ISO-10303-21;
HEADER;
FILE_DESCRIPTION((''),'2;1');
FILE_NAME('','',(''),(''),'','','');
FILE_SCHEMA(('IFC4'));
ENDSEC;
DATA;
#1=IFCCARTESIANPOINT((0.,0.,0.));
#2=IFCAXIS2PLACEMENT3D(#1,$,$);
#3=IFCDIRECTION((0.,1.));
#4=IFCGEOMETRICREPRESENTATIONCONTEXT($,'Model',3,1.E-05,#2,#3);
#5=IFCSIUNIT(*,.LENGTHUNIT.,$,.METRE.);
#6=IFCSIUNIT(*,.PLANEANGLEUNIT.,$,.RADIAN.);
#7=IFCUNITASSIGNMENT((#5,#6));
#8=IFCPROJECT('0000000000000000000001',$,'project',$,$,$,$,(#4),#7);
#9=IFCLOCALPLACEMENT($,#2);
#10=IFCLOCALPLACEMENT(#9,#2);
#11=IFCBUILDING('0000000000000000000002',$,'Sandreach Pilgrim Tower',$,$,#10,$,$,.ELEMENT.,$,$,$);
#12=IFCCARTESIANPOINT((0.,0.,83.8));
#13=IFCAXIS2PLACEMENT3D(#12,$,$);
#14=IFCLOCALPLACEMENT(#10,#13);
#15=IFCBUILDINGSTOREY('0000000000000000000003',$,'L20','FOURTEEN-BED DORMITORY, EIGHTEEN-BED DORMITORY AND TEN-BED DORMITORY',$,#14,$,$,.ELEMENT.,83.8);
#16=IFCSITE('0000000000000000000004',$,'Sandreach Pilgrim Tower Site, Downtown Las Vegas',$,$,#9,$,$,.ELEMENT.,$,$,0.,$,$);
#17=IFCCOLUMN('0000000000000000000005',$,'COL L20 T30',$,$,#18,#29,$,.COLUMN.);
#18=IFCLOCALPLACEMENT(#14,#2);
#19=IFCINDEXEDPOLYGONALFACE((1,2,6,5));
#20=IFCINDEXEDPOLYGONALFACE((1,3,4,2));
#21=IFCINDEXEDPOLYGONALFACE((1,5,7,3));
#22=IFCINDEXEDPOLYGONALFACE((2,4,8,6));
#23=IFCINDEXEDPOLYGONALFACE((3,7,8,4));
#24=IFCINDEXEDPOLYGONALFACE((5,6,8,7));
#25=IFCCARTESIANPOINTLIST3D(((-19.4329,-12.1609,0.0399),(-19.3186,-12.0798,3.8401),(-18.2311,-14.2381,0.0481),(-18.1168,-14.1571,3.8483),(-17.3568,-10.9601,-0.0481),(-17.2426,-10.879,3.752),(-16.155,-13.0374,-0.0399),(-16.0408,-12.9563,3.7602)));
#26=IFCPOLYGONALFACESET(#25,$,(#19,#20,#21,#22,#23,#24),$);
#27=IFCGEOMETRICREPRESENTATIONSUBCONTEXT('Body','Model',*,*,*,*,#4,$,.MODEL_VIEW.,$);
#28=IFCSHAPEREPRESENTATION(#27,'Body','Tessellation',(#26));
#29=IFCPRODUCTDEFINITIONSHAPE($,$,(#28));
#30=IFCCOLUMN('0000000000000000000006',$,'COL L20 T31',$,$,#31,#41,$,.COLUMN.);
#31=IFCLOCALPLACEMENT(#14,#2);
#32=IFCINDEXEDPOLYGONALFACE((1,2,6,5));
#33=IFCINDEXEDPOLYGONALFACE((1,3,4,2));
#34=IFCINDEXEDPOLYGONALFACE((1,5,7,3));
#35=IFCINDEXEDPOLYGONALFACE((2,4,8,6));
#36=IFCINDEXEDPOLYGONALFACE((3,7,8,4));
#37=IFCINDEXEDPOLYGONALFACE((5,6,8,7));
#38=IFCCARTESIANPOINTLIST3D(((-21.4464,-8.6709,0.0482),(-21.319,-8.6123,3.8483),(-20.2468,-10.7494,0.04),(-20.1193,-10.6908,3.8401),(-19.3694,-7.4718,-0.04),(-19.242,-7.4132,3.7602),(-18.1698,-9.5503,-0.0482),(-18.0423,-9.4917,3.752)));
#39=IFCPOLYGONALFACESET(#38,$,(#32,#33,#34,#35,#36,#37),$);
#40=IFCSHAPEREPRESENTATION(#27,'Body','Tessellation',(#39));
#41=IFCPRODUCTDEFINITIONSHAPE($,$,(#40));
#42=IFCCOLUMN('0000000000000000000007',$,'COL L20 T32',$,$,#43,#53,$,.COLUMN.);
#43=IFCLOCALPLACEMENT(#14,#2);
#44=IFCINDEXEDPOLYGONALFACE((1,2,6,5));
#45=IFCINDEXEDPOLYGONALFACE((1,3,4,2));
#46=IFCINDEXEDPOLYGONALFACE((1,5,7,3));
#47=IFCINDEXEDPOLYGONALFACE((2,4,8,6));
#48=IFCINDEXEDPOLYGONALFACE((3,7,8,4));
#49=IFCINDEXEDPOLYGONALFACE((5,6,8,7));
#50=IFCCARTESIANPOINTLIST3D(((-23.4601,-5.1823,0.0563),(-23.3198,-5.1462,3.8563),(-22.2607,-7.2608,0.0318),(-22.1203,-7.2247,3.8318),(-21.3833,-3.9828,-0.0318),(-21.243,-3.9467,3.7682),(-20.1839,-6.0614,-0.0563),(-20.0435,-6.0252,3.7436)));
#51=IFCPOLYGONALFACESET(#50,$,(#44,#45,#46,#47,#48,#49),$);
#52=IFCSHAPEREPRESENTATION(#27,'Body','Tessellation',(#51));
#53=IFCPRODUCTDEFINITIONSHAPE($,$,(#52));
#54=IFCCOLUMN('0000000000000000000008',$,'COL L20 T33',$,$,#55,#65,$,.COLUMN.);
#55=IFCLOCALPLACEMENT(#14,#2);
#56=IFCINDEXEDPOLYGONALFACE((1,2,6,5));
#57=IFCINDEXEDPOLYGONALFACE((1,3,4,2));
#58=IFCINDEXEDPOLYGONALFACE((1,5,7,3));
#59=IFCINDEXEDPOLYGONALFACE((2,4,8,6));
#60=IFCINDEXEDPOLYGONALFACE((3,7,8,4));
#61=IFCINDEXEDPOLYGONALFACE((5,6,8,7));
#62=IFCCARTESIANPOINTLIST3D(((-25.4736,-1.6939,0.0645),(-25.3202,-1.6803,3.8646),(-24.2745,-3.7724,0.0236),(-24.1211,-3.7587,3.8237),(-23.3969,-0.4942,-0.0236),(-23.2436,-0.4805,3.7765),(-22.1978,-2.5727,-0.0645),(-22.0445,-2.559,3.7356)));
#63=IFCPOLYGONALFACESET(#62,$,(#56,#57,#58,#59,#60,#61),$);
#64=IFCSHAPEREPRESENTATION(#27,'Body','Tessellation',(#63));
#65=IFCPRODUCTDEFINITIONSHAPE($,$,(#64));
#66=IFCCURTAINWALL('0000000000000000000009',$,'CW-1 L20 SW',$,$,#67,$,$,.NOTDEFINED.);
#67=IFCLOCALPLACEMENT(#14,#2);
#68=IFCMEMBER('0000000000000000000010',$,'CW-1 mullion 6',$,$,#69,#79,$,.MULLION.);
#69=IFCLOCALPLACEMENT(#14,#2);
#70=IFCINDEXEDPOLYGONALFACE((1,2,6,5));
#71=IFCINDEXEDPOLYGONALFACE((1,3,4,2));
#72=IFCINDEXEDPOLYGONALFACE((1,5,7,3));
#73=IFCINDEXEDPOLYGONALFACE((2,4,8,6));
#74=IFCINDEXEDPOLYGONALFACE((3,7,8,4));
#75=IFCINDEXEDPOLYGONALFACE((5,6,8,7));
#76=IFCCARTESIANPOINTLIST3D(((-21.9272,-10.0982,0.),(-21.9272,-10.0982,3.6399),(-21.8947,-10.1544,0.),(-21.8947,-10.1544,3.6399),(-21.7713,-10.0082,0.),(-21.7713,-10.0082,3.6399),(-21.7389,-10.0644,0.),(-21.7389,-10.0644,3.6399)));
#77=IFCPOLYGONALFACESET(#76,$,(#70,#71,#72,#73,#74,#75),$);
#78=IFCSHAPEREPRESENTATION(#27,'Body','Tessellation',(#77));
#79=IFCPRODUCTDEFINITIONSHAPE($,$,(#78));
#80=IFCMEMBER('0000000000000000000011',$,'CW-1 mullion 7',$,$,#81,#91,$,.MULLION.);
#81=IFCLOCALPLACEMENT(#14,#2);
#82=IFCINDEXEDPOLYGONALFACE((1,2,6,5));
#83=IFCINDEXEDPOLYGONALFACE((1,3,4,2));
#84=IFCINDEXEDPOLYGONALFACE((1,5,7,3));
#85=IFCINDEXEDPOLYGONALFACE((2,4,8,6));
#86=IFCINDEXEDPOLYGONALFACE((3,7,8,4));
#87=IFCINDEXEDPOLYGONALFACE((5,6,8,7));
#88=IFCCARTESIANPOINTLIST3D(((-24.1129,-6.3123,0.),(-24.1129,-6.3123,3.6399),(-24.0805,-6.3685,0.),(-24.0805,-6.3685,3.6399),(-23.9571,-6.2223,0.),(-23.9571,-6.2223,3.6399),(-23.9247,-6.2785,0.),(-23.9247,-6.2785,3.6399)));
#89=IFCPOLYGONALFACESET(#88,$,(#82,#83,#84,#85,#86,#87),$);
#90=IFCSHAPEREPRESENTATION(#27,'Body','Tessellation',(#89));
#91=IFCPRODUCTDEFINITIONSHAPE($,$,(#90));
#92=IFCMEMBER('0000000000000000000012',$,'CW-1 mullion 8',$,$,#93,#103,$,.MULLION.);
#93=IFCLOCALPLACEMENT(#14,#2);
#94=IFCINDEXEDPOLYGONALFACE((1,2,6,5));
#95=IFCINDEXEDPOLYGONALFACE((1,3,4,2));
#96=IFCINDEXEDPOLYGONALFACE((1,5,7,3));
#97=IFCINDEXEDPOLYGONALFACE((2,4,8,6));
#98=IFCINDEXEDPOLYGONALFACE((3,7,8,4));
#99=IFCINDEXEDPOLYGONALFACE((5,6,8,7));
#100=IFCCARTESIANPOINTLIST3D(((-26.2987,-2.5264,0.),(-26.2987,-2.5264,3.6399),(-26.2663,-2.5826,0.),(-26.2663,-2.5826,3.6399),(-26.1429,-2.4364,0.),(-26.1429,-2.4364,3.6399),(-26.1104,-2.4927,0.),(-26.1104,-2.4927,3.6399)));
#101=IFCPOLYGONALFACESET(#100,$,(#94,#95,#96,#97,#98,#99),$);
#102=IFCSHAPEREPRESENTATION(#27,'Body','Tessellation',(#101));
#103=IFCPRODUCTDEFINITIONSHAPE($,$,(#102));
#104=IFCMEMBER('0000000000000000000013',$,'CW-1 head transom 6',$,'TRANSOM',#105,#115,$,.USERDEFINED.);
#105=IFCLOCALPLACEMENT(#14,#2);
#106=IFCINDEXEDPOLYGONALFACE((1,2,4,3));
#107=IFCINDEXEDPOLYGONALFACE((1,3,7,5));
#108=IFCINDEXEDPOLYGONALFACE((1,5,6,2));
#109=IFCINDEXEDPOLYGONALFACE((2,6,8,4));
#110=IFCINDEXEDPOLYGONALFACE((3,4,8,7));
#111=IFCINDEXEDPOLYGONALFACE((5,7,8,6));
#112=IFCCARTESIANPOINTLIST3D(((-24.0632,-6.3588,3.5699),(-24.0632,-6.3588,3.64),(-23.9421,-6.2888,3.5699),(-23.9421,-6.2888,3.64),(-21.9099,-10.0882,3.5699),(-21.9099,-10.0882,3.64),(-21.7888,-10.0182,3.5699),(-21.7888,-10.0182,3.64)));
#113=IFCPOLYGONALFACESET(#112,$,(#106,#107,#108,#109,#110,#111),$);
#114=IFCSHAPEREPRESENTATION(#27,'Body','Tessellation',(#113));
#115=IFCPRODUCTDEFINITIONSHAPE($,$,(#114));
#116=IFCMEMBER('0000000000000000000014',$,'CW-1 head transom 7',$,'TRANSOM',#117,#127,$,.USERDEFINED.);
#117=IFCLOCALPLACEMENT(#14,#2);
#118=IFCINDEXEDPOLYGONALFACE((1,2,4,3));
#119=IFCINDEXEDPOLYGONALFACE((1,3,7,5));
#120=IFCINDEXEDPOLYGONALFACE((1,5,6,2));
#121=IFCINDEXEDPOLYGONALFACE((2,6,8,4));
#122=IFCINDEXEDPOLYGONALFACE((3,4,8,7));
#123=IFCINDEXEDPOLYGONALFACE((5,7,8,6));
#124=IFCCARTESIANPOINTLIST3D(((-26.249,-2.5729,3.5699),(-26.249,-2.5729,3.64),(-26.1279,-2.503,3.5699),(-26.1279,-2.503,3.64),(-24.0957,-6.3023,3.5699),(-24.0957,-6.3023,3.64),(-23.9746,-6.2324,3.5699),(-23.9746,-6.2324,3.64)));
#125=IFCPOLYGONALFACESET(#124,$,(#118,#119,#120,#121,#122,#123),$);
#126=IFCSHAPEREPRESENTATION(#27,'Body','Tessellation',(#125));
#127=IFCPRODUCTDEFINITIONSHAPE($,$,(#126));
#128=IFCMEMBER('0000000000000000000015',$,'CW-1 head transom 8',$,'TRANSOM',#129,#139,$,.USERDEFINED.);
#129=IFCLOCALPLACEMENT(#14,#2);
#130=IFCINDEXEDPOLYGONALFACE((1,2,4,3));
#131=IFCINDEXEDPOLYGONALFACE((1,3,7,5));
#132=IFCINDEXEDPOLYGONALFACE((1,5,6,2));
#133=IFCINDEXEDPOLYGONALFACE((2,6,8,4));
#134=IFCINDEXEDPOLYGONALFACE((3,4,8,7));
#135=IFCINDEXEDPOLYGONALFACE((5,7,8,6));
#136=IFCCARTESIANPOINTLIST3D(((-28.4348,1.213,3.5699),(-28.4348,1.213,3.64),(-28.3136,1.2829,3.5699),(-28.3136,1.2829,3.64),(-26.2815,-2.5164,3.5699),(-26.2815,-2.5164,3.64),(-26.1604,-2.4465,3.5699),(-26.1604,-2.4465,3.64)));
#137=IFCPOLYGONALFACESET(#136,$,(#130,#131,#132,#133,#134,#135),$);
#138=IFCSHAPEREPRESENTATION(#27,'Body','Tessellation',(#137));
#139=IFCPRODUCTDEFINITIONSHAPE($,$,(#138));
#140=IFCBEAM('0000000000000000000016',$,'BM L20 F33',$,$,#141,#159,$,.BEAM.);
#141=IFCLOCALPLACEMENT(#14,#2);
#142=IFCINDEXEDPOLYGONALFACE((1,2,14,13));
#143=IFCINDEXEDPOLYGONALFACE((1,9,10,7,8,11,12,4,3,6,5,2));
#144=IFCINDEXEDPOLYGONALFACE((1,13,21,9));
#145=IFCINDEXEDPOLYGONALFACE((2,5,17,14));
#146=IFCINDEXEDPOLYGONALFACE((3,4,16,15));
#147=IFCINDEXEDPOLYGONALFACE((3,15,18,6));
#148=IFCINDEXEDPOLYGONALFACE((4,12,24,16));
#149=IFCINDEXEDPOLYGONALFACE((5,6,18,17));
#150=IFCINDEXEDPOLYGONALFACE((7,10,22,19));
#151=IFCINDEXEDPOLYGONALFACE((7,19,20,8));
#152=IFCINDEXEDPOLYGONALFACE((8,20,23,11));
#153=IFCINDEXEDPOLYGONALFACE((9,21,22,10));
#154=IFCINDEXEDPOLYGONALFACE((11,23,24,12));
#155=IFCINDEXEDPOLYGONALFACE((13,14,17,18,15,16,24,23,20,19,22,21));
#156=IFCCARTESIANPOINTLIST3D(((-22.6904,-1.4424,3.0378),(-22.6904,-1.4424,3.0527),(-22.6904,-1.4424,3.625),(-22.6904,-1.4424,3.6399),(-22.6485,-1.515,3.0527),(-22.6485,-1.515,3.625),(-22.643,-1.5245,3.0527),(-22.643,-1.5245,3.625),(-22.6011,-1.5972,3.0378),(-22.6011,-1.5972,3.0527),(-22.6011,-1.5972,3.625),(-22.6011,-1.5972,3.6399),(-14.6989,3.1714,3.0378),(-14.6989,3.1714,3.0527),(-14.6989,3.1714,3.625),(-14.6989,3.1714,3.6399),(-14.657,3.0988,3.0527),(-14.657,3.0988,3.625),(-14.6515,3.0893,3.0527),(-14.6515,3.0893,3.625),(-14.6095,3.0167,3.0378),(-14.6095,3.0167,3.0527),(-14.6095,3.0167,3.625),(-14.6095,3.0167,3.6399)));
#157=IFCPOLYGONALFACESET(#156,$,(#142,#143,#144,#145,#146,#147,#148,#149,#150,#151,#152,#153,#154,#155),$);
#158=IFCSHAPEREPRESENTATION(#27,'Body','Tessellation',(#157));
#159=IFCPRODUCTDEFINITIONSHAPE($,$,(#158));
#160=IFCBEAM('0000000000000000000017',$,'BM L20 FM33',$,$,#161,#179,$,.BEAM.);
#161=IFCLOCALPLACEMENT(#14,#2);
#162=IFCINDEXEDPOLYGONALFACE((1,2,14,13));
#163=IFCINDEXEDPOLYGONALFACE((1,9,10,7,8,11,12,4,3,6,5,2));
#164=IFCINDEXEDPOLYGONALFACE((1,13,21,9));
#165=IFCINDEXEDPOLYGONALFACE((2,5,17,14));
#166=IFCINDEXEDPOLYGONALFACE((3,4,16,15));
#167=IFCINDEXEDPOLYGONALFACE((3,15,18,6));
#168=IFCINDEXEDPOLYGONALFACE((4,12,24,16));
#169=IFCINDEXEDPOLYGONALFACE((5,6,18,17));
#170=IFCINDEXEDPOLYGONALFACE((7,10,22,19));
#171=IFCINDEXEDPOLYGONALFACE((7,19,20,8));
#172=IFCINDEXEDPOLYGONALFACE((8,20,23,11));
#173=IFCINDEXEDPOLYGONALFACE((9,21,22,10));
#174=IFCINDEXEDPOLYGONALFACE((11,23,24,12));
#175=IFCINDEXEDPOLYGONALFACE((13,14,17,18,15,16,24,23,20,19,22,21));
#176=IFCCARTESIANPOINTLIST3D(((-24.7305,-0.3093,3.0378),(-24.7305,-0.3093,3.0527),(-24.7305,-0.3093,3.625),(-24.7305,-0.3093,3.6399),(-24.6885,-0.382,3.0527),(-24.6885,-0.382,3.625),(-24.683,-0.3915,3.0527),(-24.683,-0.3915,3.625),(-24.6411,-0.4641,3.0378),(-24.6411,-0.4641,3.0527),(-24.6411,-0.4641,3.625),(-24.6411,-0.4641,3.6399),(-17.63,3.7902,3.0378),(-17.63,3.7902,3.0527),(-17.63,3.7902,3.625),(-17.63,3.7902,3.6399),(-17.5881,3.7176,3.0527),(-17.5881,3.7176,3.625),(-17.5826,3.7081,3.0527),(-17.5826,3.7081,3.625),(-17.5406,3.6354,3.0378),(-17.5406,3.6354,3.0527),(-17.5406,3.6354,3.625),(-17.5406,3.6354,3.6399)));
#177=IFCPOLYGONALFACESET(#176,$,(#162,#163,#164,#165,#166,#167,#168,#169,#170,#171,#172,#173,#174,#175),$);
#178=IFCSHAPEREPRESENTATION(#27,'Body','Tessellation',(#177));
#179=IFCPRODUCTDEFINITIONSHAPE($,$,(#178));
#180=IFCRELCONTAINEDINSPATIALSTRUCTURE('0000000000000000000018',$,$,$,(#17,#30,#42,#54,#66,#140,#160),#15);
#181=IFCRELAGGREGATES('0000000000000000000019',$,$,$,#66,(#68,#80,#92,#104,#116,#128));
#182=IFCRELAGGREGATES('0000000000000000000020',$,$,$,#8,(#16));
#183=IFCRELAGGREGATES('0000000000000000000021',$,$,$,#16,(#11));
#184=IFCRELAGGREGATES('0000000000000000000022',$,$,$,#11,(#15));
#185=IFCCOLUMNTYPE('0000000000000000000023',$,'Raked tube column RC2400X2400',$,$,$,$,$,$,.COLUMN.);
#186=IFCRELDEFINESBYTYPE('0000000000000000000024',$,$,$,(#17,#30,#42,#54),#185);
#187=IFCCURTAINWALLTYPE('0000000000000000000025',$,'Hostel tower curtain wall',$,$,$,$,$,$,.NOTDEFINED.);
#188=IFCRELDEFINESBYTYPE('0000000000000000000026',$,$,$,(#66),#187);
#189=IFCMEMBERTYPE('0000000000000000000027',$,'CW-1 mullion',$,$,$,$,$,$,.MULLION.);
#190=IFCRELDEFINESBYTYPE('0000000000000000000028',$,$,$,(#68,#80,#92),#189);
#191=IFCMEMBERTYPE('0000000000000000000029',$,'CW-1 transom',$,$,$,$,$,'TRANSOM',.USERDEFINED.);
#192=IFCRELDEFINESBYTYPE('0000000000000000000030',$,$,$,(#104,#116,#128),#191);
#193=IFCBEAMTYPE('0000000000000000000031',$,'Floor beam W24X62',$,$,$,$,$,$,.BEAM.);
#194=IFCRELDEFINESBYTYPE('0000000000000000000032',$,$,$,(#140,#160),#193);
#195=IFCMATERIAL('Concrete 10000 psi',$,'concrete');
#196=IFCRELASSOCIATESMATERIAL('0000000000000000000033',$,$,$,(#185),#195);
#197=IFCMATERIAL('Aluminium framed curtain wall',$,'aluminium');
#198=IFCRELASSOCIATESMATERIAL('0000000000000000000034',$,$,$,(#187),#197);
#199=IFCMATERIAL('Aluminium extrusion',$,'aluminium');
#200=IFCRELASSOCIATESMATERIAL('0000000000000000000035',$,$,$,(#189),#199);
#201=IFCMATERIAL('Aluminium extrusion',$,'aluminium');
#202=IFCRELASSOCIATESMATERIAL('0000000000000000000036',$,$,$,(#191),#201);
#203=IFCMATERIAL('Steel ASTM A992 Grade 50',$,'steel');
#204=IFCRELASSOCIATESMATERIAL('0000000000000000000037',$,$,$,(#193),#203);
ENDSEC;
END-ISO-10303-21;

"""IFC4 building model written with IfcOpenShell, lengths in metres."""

from ifc_helpers import new_model, si_unit, direction, frame, origin, origin_2d, place, context, subcontext, project, spatial, rectangle, i_section, extrude, material, material_profile, profile_set, type_object, element, aggregate, save


model = new_model("IFC4")

# Units and contexts
model_context = context("Model", 3, precision=1e-05, world=origin(), true_north=direction((0.0, 1.0)))
body_context = subcontext(model_context, "Body", "Model", "MODEL_VIEW")
ifc_project = project(units=[si_unit("LENGTHUNIT", "METRE"), si_unit("PLANEANGLEUNIT", "RADIAN")], contexts=[model_context])

# Site, building, storey
site_placement = place(None, origin())
site = spatial("IfcSite", under=ifc_project, at=site_placement, Name="Sandreach Pilgrim Tower Site, Downtown Las Vegas", CompositionType="ELEMENT", RefElevation=0.0)
building_placement = place(site_placement, origin())
building = spatial("IfcBuilding", under=site, at=building_placement, Name="Sandreach Pilgrim Tower", CompositionType="ELEMENT")
storey_placement = place(building_placement, frame((0.0, 0.0, 83.8)))
storey = spatial("IfcBuildingStorey", under=building, at=storey_placement, Name="L20", Description="FOURTEEN-BED DORMITORY, EIGHTEEN-BED DORMITORY AND TEN-BED DORMITORY", CompositionType="ELEMENT", Elevation=83.8)

# Columns
ifc_material_1 = material(Name="Concrete 10000 psi", Category="concrete")
ifc_material_profile_1 = material_profile(ifc_material_1, rectangle(XDim=2.3999, YDim=2.3999, at=origin_2d()), Name="RC2400X2400")
ifc_profile_set_1 = profile_set([ifc_material_profile_1], Name="Concrete 10000 psi")
column_type = type_object("IfcColumnType", Name="Raked tube column RC2400X2400", PredefinedType="COLUMN", material=ifc_profile_set_1)
for number, where, z_axis, x_axis, name in (
    (1, (-17.7939, -12.5991, 0.0), (0.030047, 0.021315, 0.999321), (-0.865056, -0.500333, 0.036682), "COL L20 T30"),
    (2, (-19.8081, -9.1106, 0.0), (0.033514, 0.015409, 0.999319), (-0.865448, -0.499651, 0.036729), "COL L20 T31"),
    (3, (-21.822, -5.6218, 0.0), (0.036915, 0.009502, 0.999273), (-0.865363, -0.499798, 0.03672), "COL L20 T32"),
):
    element("IfcColumn", number, at=place(storey_placement, frame(where, z_axis=z_axis, x_axis=x_axis)), inside=storey, type_object=column_type, Name=name, PredefinedType="COLUMN", context=body_context, shape_type="SweptSolid", body=[
        extrude(rectangle(XDim=2.3999, YDim=2.3999, at=origin_2d()), origin(), (0.0, 0.0, 1.0), 3.8027),
    ])
column_placement = place(storey_placement, frame((-23.8357, -2.1333, 0.0), z_axis=(0.040314, 0.003595, 0.999181), x_axis=(-0.865292, -0.499922, 0.036711)))
element("IfcColumn", 4, at=column_placement, inside=storey, type_object=column_type, Name="COL L20 T33", PredefinedType="COLUMN", context=body_context, shape_type="SweptSolid", body=[
    extrude(rectangle(XDim=2.3999, YDim=2.3999, at=origin_2d()), origin(), (0.0, 0.0, 1.0), 3.8032),
])

# Curtain wall, members
ifc_material_2 = material(Name="Aluminium framed curtain wall", Category="aluminium")
curtain_wall_type = type_object("IfcCurtainWallType", Name="Hostel tower curtain wall", PredefinedType="NOTDEFINED", material=ifc_material_2)
curtain_wall_placement = place(storey_placement, origin())
curtain_wall = element("IfcCurtainWall", 5, at=curtain_wall_placement, inside=storey, type_object=curtain_wall_type, Name="CW-1 L20 SW", PredefinedType="NOTDEFINED")
ifc_material_3 = material(Name="Aluminium extrusion", Category="aluminium")
ifc_material_profile_2 = material_profile(ifc_material_3, rectangle(XDim=0.0649, YDim=0.1799, at=origin_2d()), Name="CW-1M 65X180")
ifc_profile_set_2 = profile_set([ifc_material_profile_2], Name="Aluminium extrusion")
member_type_1 = type_object("IfcMemberType", Name="CW-1 mullion", PredefinedType="MULLION", material=ifc_profile_set_2)
member_1_placement = place(storey_placement, frame((-21.833, -10.0813, 0.0), z_axis=(0.0, 0.0, 1.0), x_axis=(-0.5, 0.866025, 0.0)))
member_1 = element("IfcMember", 6, at=member_1_placement, type_object=member_type_1, Name="CW-1 mullion 6", PredefinedType="MULLION", context=body_context, shape_type="SweptSolid", body=[
    extrude(rectangle(XDim=0.0649, YDim=0.1799, at=origin_2d()), origin(), (0.0, 0.0, 1.0), 3.6399),
])
member_2_placement = place(storey_placement, frame((-24.0188, -6.2954, 0.0), z_axis=(0.0, 0.0, 1.0), x_axis=(-0.5, 0.866025, 0.0)))
member_2 = element("IfcMember", 7, at=member_2_placement, type_object=member_type_1, Name="CW-1 mullion 7", PredefinedType="MULLION", context=body_context, shape_type="SweptSolid", body=[
    extrude(rectangle(XDim=0.0649, YDim=0.1799, at=origin_2d()), origin(), (0.0, 0.0, 1.0), 3.6399),
])
member_3_placement = place(storey_placement, frame((-26.2046, -2.5095, 0.0), z_axis=(0.0, 0.0, 1.0), x_axis=(-0.5, 0.866025, 0.0)))
member_3 = element("IfcMember", 8, at=member_3_placement, type_object=member_type_1, Name="CW-1 mullion 8", PredefinedType="MULLION", context=body_context, shape_type="SweptSolid", body=[
    extrude(rectangle(XDim=0.0649, YDim=0.1799, at=origin_2d()), origin(), (0.0, 0.0, 1.0), 3.6399),
])
ifc_material_4 = material(Name="Aluminium extrusion", Category="aluminium")
ifc_material_profile_3 = material_profile(ifc_material_4, rectangle(XDim=0.1399, YDim=0.0701, at=origin_2d()), Name="CW-1T 140X70")
ifc_profile_set_3 = profile_set([ifc_material_profile_3], Name="Aluminium extrusion")
member_type_2 = type_object("IfcMemberType", Name="CW-1 transom", ElementType="TRANSOM", PredefinedType="USERDEFINED", material=ifc_profile_set_3)
member_4_placement = place(storey_placement, frame((-21.8494, -10.0532, 3.605), z_axis=(-0.500017, 0.866016, 0.0), x_axis=(-0.866016, -0.500017, 0.0)))
member_4 = element("IfcMember", 9, at=member_4_placement, type_object=member_type_2, Name="CW-1 head transom 6", ObjectType="TRANSOM", PredefinedType="USERDEFINED", context=body_context, shape_type="SweptSolid", body=[
    extrude(rectangle(XDim=0.1399, YDim=0.0701, at=origin_2d()), origin(), (0.0, 0.0, 1.0), 4.3064),
])
member_5_placement = place(storey_placement, frame((-24.0352, -6.2673, 3.605), z_axis=(-0.500017, 0.866016, 0.0), x_axis=(-0.866016, -0.500017, 0.0)))
member_5 = element("IfcMember", 10, at=member_5_placement, type_object=member_type_2, Name="CW-1 head transom 7", ObjectType="TRANSOM", PredefinedType="USERDEFINED", context=body_context, shape_type="SweptSolid", body=[
    extrude(rectangle(XDim=0.1399, YDim=0.0701, at=origin_2d()), origin(), (0.0, 0.0, 1.0), 4.3064),
])
member_6_placement = place(storey_placement, frame((-26.2209, -2.4814, 3.605), z_axis=(-0.500017, 0.866016, 0.0), x_axis=(-0.866016, -0.500017, 0.0)))
member_6 = element("IfcMember", 11, at=member_6_placement, type_object=member_type_2, Name="CW-1 head transom 8", ObjectType="TRANSOM", PredefinedType="USERDEFINED", context=body_context, shape_type="SweptSolid", body=[
    extrude(rectangle(XDim=0.1399, YDim=0.0701, at=origin_2d()), origin(), (0.0, 0.0, 1.0), 4.3064),
])

# Beams
ifc_material_5 = material(Name="Steel ASTM A992 Grade 50", Category="steel")
ifc_material_profile_4 = material_profile(ifc_material_5, i_section(OverallWidth=0.1787, OverallDepth=0.6021, WebThickness=0.011, FlangeThickness=0.0149, at=origin_2d()), Name="W24X62")
ifc_profile_set_4 = profile_set([ifc_material_profile_4], Name="Steel ASTM A992 Grade 50")
beam_type_1 = type_object("IfcBeamType", Name="Floor beam W24X62", PredefinedType="BEAM", material=ifc_profile_set_4)
beam_1_placement = place(storey_placement, frame((-22.6458, -1.5198, 3.3389), z_axis=(0.86603, 0.499992, 0.0), x_axis=(-0.499992, 0.86603, 0.0)))
element("IfcBeam", 12, at=beam_1_placement, inside=storey, type_object=beam_type_1, Name="BM L20 F33", PredefinedType="BEAM", context=body_context, shape_type="SweptSolid", body=[
    extrude(i_section(OverallWidth=0.1787, OverallDepth=0.6021, WebThickness=0.011, FlangeThickness=0.0149, at=origin_2d()), origin(), (0.0, 0.0, 1.0), 9.2278),
])
beam_2_placement = place(storey_placement, frame((-24.6858, -0.3867, 3.3389), z_axis=(0.866021, 0.500008, 0.0), x_axis=(-0.500008, 0.866021, 0.0)))
element("IfcBeam", 13, at=beam_2_placement, inside=storey, type_object=beam_type_1, Name="BM L20 FM33", PredefinedType="BEAM", context=body_context, shape_type="SweptSolid", body=[
    extrude(i_section(OverallWidth=0.1787, OverallDepth=0.6021, WebThickness=0.011, FlangeThickness=0.0149, at=origin_2d()), origin(), (0.0, 0.0, 1.0), 8.199),
])

aggregate(curtain_wall, [member_1, member_2, member_3, member_4, member_5, member_6])

save(model, "model.ifc")
